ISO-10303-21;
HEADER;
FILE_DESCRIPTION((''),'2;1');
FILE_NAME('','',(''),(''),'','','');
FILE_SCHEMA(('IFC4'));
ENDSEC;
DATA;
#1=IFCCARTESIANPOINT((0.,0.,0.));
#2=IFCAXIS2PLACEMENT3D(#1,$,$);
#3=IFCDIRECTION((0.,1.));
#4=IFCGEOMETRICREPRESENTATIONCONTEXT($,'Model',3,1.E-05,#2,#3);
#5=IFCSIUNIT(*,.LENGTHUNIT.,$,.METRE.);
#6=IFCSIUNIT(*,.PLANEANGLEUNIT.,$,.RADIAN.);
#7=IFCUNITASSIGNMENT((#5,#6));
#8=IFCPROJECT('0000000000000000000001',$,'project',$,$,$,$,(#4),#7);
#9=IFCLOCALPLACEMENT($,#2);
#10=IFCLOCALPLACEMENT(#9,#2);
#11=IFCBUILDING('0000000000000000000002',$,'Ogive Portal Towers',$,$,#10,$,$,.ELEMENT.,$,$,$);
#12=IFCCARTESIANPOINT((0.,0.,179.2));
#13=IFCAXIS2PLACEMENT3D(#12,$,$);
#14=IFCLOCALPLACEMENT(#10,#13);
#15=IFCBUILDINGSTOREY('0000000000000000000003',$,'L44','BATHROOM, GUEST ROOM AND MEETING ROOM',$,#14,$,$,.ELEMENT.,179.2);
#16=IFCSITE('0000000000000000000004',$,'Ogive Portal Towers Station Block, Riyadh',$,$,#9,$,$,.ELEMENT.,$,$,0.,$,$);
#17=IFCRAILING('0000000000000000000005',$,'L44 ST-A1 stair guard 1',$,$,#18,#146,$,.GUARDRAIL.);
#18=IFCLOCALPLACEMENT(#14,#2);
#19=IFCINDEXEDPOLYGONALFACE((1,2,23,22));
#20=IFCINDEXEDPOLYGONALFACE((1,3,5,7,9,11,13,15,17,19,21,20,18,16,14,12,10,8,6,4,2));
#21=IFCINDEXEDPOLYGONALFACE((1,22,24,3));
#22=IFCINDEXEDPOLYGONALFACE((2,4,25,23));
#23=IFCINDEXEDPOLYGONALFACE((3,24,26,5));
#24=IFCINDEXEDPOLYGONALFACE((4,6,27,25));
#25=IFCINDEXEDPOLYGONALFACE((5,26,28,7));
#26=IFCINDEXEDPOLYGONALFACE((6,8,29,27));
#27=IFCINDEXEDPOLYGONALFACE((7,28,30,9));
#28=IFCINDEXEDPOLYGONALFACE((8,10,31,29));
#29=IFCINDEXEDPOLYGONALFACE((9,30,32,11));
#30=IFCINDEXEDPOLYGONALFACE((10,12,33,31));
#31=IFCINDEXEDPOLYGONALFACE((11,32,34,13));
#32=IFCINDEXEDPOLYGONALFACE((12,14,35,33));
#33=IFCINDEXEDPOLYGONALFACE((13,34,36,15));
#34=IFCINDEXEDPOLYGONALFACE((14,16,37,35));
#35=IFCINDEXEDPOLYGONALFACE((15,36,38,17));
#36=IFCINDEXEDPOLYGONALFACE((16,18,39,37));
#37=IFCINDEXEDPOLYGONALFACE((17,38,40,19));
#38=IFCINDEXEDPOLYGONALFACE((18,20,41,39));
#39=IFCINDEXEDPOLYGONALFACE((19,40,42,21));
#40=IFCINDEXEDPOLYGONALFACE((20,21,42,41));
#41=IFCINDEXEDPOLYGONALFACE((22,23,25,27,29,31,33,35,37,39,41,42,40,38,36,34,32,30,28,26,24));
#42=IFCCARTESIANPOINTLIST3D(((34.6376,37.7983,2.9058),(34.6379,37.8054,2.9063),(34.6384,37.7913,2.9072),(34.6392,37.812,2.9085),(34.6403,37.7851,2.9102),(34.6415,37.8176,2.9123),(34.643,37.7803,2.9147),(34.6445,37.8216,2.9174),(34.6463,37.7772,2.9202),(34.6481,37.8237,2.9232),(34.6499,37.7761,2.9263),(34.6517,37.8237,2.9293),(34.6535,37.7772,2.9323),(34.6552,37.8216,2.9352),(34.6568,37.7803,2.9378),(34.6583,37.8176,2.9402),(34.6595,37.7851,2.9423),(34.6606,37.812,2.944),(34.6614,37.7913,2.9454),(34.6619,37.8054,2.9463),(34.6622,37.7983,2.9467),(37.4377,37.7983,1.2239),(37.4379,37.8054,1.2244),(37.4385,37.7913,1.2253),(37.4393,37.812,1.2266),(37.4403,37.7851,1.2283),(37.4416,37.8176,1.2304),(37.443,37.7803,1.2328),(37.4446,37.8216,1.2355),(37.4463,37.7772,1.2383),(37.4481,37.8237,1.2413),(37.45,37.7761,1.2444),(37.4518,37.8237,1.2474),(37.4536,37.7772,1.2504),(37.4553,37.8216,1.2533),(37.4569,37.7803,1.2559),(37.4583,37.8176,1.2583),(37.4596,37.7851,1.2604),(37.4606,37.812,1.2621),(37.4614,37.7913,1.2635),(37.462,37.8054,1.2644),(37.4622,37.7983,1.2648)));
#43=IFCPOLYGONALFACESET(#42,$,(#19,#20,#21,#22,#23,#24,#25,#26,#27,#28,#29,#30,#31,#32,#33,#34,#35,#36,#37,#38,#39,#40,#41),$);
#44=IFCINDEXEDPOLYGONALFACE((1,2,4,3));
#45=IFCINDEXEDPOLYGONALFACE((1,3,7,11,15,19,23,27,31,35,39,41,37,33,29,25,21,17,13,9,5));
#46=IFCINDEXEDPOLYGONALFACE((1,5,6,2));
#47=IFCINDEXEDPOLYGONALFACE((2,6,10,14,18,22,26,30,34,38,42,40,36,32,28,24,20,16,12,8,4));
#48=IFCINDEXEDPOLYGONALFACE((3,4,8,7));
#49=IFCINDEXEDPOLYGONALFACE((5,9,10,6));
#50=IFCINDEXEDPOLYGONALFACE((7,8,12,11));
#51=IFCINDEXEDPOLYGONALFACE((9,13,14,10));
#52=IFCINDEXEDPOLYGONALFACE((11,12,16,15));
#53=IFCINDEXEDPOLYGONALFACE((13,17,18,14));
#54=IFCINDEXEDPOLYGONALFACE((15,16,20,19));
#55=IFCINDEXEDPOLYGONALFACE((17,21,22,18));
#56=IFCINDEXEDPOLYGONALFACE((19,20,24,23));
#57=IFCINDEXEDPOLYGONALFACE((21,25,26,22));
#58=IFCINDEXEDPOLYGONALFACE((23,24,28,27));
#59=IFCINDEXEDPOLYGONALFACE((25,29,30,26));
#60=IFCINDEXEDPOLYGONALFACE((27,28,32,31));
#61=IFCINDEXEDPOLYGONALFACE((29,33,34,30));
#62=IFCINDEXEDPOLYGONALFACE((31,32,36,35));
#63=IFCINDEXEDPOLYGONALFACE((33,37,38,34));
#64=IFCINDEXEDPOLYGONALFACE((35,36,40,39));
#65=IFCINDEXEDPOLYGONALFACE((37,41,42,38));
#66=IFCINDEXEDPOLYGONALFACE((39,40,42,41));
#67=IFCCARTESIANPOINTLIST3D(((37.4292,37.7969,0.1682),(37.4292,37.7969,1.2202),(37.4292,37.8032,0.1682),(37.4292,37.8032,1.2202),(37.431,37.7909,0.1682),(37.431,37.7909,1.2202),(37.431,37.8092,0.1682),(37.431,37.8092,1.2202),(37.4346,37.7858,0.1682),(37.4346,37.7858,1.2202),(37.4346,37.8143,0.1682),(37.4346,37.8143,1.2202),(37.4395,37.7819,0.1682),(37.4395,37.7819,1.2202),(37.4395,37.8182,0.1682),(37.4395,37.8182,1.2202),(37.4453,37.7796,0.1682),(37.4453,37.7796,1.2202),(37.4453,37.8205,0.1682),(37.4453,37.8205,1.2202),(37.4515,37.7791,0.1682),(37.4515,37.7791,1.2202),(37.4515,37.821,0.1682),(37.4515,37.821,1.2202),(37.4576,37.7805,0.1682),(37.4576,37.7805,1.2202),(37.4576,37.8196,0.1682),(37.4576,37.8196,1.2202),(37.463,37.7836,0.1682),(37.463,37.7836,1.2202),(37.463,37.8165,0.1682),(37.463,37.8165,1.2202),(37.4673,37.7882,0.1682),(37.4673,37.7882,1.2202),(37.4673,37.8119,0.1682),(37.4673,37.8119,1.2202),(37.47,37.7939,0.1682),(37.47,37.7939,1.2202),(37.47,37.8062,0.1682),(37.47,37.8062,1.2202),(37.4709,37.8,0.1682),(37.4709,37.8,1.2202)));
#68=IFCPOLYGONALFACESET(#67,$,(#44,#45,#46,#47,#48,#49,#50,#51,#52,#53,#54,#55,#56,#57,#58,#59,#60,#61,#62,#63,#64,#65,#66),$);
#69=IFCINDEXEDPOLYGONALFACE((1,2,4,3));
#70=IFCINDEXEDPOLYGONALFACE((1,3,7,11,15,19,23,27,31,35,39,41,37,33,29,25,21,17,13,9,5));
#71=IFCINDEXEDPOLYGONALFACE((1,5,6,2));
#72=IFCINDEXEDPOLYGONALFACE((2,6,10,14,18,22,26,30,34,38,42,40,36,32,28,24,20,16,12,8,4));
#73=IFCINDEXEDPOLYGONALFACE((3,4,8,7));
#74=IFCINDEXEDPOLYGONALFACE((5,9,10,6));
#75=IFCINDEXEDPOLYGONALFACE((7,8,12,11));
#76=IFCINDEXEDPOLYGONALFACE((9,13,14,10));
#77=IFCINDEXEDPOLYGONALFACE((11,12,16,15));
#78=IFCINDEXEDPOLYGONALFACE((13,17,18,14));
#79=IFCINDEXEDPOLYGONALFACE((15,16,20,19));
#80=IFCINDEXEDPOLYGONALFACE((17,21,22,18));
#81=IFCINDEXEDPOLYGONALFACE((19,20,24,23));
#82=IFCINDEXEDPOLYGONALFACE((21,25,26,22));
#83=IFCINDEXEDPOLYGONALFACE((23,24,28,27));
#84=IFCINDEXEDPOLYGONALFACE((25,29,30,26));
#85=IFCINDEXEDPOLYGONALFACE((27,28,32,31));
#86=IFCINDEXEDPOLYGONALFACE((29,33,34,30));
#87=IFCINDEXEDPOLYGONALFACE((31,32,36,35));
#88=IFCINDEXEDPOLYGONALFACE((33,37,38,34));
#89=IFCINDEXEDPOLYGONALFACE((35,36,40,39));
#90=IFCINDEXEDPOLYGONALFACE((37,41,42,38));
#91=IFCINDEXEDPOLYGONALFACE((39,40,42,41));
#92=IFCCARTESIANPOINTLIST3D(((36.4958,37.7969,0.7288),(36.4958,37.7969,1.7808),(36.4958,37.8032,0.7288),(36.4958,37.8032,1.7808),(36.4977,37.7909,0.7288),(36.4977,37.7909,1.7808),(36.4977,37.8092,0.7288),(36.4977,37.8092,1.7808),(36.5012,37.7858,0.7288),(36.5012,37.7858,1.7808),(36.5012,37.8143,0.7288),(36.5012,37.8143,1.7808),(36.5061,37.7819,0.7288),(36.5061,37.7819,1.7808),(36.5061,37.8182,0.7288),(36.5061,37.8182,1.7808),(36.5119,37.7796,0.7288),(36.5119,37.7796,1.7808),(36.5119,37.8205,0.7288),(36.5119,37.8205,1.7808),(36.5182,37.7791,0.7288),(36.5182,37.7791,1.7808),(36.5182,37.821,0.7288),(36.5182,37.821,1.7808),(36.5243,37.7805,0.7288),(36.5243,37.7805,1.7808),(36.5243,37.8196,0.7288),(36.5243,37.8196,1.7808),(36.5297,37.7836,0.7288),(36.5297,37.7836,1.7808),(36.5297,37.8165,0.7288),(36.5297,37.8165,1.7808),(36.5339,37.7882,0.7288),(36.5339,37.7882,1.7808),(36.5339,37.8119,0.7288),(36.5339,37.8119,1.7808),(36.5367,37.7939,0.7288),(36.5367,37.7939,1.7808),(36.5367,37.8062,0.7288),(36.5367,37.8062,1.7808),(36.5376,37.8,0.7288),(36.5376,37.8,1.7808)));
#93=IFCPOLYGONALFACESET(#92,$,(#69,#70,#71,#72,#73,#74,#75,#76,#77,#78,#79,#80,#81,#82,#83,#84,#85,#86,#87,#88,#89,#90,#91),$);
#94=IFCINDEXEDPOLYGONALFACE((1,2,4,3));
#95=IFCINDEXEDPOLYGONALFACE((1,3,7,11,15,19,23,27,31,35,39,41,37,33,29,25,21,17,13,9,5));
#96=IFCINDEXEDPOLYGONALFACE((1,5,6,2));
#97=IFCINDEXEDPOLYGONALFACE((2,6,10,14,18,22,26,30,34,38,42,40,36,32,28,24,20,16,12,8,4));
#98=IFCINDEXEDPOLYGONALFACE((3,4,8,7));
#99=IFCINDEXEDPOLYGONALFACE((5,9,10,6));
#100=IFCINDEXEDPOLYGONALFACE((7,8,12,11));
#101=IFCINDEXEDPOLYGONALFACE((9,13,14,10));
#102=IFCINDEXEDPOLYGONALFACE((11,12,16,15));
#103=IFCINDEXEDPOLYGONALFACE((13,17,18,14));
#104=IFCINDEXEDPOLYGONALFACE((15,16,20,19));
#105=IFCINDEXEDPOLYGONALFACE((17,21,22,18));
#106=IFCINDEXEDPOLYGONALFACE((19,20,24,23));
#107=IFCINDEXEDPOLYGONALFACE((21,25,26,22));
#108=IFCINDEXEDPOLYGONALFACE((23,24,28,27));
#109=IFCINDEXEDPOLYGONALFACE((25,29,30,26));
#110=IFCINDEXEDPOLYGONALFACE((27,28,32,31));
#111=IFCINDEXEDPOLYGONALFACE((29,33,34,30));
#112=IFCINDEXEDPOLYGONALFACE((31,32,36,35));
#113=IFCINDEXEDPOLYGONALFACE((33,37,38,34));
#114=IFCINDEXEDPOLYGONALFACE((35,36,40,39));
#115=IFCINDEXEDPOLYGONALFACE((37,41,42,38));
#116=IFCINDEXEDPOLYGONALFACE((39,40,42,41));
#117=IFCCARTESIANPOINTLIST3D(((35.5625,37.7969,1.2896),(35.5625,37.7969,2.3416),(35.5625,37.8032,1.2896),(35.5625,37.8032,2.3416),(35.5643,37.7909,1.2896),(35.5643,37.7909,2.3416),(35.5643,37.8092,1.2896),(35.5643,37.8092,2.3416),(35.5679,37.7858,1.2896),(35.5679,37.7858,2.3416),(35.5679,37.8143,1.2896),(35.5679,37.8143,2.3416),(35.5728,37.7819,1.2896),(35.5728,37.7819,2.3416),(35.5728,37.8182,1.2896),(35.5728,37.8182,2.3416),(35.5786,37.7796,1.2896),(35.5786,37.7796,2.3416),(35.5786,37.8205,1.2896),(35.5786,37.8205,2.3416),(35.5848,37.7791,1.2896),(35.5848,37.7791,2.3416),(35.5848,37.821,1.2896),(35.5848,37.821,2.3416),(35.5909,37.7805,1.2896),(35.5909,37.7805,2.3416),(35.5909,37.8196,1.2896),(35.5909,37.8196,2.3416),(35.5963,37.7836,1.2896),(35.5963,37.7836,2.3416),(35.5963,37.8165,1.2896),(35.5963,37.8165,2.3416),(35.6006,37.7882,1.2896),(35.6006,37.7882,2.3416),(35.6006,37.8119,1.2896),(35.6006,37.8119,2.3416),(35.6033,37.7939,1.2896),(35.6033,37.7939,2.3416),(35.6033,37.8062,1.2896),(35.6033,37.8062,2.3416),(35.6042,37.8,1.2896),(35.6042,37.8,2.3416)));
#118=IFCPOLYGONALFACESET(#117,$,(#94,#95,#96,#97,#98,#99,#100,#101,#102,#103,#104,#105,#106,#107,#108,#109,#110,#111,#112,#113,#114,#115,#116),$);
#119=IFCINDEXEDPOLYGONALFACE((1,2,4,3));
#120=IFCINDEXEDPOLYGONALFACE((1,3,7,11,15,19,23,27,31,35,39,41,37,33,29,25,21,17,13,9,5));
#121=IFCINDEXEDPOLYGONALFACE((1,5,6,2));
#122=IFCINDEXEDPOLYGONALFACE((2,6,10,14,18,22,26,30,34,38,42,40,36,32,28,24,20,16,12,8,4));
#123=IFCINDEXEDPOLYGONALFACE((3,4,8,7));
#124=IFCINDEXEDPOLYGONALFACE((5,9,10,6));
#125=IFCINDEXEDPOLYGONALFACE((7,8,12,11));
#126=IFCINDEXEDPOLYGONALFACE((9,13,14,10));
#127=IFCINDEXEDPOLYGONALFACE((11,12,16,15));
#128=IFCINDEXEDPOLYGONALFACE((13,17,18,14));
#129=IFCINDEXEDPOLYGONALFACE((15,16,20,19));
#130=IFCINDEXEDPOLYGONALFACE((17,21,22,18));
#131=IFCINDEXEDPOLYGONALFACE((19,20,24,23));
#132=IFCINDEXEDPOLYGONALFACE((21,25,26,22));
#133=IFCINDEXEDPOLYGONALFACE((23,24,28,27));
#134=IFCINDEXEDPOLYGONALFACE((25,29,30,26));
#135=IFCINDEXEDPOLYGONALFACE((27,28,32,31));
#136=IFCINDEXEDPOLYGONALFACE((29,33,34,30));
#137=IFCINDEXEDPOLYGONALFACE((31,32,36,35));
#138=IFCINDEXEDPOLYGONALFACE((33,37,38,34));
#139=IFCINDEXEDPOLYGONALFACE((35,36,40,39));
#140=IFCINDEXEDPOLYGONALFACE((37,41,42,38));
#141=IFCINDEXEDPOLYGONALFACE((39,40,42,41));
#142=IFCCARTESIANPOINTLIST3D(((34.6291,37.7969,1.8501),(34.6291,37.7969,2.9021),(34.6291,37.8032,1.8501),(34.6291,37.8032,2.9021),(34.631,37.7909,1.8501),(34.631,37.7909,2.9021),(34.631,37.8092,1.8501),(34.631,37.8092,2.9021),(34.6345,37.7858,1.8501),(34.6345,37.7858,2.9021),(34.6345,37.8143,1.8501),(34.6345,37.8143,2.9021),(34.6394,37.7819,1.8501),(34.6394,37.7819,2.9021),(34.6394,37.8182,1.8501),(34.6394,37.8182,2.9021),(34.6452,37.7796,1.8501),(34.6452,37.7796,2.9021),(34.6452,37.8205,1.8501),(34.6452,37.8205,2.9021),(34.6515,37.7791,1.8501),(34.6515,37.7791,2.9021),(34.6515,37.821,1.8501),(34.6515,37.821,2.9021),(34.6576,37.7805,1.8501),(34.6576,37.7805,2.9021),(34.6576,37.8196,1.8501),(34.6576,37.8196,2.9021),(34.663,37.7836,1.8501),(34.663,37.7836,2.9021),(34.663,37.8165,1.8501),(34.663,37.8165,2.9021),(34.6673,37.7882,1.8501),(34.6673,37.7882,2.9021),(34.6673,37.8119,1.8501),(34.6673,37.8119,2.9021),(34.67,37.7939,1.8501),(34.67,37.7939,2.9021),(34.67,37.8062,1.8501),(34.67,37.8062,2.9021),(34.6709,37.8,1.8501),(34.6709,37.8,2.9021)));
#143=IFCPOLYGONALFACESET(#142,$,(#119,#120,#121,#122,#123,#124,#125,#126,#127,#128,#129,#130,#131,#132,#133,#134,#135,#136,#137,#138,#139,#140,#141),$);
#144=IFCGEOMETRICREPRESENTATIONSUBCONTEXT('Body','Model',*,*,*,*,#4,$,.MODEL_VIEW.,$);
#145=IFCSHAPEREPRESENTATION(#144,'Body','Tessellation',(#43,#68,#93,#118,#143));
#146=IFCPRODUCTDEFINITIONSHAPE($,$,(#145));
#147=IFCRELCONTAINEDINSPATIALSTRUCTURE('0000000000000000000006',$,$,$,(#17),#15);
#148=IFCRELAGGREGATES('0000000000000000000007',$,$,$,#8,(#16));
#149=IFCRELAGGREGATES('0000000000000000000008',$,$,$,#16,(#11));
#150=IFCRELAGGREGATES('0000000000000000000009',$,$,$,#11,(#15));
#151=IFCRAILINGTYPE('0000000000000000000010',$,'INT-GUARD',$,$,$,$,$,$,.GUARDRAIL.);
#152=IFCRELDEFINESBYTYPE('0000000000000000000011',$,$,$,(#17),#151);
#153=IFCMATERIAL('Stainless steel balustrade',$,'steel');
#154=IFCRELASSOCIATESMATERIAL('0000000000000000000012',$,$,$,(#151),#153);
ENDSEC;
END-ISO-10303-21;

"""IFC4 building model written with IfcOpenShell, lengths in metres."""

from ifc_helpers import new_model, si_unit, direction, frame, origin, origin_2d, place, context, subcontext, project, spatial, circle, extrude, material, type_object, element, save


model = new_model("IFC4")

# Units and contexts
model_context = context("Model", 3, precision=1e-05, world=origin(), true_north=direction((0.0, 1.0)))
body_context = subcontext(model_context, "Body", "Model", "MODEL_VIEW")
ifc_project = project(units=[si_unit("LENGTHUNIT", "METRE"), si_unit("PLANEANGLEUNIT", "RADIAN")], contexts=[model_context])

# Site, building, storey
site_placement = place(None, origin())
site = spatial("IfcSite", under=ifc_project, at=site_placement, Name="Ogive Portal Towers Station Block, Riyadh", CompositionType="ELEMENT", RefElevation=0.0)
building_placement = place(site_placement, origin())
building = spatial("IfcBuilding", under=site, at=building_placement, Name="Ogive Portal Towers", CompositionType="ELEMENT")
storey_placement = place(building_placement, frame((0.0, 0.0, 179.2)))
storey = spatial("IfcBuildingStorey", under=building, at=storey_placement, Name="L44", Description="BATHROOM, GUEST ROOM AND MEETING ROOM", CompositionType="ELEMENT", Elevation=179.2)

# Railing
ifc_material_1 = material(Name="Stainless steel balustrade", Category="steel")
railing_type_1 = type_object("IfcRailingType", Name="INT-GUARD", PredefinedType="GUARDRAIL", material=ifc_material_1)
railing_1_placement = place(storey_placement, frame((37.45, 37.8, 0.1682)))
element("IfcRailing", 1, at=railing_1_placement, inside=storey, type_object=railing_type_1, Name="L44 ST-A1 stair guard 1", PredefinedType="GUARDRAIL", context=body_context, shape_type="SweptSolid", body=[
    extrude(circle(Radius=0.0239, at=origin_2d()), frame((0.0, 0.0, 1.0762), z_axis=(-0.857242, 0.0, 0.514913), x_axis=(0.0, -1.0, 0.0)), (0.0, 0.0, 1.0), 3.2664),
    extrude(circle(Radius=0.021, at=origin_2d()), origin(), (0.0, 0.0, 1.0), 1.052),
    extrude(circle(Radius=0.021, at=origin_2d()), frame((-0.9333, 0.0, 0.5605)), (0.0, 0.0, 1.0), 1.052),
    extrude(circle(Radius=0.021, at=origin_2d()), frame((-1.8667, 0.0, 1.1213)), (0.0, 0.0, 1.0), 1.052),
    extrude(circle(Radius=0.021, at=origin_2d()), frame((-2.8, 0.0, 1.6819)), (0.0, 0.0, 1.0), 1.052),
])

save(model, "model.ifc")
